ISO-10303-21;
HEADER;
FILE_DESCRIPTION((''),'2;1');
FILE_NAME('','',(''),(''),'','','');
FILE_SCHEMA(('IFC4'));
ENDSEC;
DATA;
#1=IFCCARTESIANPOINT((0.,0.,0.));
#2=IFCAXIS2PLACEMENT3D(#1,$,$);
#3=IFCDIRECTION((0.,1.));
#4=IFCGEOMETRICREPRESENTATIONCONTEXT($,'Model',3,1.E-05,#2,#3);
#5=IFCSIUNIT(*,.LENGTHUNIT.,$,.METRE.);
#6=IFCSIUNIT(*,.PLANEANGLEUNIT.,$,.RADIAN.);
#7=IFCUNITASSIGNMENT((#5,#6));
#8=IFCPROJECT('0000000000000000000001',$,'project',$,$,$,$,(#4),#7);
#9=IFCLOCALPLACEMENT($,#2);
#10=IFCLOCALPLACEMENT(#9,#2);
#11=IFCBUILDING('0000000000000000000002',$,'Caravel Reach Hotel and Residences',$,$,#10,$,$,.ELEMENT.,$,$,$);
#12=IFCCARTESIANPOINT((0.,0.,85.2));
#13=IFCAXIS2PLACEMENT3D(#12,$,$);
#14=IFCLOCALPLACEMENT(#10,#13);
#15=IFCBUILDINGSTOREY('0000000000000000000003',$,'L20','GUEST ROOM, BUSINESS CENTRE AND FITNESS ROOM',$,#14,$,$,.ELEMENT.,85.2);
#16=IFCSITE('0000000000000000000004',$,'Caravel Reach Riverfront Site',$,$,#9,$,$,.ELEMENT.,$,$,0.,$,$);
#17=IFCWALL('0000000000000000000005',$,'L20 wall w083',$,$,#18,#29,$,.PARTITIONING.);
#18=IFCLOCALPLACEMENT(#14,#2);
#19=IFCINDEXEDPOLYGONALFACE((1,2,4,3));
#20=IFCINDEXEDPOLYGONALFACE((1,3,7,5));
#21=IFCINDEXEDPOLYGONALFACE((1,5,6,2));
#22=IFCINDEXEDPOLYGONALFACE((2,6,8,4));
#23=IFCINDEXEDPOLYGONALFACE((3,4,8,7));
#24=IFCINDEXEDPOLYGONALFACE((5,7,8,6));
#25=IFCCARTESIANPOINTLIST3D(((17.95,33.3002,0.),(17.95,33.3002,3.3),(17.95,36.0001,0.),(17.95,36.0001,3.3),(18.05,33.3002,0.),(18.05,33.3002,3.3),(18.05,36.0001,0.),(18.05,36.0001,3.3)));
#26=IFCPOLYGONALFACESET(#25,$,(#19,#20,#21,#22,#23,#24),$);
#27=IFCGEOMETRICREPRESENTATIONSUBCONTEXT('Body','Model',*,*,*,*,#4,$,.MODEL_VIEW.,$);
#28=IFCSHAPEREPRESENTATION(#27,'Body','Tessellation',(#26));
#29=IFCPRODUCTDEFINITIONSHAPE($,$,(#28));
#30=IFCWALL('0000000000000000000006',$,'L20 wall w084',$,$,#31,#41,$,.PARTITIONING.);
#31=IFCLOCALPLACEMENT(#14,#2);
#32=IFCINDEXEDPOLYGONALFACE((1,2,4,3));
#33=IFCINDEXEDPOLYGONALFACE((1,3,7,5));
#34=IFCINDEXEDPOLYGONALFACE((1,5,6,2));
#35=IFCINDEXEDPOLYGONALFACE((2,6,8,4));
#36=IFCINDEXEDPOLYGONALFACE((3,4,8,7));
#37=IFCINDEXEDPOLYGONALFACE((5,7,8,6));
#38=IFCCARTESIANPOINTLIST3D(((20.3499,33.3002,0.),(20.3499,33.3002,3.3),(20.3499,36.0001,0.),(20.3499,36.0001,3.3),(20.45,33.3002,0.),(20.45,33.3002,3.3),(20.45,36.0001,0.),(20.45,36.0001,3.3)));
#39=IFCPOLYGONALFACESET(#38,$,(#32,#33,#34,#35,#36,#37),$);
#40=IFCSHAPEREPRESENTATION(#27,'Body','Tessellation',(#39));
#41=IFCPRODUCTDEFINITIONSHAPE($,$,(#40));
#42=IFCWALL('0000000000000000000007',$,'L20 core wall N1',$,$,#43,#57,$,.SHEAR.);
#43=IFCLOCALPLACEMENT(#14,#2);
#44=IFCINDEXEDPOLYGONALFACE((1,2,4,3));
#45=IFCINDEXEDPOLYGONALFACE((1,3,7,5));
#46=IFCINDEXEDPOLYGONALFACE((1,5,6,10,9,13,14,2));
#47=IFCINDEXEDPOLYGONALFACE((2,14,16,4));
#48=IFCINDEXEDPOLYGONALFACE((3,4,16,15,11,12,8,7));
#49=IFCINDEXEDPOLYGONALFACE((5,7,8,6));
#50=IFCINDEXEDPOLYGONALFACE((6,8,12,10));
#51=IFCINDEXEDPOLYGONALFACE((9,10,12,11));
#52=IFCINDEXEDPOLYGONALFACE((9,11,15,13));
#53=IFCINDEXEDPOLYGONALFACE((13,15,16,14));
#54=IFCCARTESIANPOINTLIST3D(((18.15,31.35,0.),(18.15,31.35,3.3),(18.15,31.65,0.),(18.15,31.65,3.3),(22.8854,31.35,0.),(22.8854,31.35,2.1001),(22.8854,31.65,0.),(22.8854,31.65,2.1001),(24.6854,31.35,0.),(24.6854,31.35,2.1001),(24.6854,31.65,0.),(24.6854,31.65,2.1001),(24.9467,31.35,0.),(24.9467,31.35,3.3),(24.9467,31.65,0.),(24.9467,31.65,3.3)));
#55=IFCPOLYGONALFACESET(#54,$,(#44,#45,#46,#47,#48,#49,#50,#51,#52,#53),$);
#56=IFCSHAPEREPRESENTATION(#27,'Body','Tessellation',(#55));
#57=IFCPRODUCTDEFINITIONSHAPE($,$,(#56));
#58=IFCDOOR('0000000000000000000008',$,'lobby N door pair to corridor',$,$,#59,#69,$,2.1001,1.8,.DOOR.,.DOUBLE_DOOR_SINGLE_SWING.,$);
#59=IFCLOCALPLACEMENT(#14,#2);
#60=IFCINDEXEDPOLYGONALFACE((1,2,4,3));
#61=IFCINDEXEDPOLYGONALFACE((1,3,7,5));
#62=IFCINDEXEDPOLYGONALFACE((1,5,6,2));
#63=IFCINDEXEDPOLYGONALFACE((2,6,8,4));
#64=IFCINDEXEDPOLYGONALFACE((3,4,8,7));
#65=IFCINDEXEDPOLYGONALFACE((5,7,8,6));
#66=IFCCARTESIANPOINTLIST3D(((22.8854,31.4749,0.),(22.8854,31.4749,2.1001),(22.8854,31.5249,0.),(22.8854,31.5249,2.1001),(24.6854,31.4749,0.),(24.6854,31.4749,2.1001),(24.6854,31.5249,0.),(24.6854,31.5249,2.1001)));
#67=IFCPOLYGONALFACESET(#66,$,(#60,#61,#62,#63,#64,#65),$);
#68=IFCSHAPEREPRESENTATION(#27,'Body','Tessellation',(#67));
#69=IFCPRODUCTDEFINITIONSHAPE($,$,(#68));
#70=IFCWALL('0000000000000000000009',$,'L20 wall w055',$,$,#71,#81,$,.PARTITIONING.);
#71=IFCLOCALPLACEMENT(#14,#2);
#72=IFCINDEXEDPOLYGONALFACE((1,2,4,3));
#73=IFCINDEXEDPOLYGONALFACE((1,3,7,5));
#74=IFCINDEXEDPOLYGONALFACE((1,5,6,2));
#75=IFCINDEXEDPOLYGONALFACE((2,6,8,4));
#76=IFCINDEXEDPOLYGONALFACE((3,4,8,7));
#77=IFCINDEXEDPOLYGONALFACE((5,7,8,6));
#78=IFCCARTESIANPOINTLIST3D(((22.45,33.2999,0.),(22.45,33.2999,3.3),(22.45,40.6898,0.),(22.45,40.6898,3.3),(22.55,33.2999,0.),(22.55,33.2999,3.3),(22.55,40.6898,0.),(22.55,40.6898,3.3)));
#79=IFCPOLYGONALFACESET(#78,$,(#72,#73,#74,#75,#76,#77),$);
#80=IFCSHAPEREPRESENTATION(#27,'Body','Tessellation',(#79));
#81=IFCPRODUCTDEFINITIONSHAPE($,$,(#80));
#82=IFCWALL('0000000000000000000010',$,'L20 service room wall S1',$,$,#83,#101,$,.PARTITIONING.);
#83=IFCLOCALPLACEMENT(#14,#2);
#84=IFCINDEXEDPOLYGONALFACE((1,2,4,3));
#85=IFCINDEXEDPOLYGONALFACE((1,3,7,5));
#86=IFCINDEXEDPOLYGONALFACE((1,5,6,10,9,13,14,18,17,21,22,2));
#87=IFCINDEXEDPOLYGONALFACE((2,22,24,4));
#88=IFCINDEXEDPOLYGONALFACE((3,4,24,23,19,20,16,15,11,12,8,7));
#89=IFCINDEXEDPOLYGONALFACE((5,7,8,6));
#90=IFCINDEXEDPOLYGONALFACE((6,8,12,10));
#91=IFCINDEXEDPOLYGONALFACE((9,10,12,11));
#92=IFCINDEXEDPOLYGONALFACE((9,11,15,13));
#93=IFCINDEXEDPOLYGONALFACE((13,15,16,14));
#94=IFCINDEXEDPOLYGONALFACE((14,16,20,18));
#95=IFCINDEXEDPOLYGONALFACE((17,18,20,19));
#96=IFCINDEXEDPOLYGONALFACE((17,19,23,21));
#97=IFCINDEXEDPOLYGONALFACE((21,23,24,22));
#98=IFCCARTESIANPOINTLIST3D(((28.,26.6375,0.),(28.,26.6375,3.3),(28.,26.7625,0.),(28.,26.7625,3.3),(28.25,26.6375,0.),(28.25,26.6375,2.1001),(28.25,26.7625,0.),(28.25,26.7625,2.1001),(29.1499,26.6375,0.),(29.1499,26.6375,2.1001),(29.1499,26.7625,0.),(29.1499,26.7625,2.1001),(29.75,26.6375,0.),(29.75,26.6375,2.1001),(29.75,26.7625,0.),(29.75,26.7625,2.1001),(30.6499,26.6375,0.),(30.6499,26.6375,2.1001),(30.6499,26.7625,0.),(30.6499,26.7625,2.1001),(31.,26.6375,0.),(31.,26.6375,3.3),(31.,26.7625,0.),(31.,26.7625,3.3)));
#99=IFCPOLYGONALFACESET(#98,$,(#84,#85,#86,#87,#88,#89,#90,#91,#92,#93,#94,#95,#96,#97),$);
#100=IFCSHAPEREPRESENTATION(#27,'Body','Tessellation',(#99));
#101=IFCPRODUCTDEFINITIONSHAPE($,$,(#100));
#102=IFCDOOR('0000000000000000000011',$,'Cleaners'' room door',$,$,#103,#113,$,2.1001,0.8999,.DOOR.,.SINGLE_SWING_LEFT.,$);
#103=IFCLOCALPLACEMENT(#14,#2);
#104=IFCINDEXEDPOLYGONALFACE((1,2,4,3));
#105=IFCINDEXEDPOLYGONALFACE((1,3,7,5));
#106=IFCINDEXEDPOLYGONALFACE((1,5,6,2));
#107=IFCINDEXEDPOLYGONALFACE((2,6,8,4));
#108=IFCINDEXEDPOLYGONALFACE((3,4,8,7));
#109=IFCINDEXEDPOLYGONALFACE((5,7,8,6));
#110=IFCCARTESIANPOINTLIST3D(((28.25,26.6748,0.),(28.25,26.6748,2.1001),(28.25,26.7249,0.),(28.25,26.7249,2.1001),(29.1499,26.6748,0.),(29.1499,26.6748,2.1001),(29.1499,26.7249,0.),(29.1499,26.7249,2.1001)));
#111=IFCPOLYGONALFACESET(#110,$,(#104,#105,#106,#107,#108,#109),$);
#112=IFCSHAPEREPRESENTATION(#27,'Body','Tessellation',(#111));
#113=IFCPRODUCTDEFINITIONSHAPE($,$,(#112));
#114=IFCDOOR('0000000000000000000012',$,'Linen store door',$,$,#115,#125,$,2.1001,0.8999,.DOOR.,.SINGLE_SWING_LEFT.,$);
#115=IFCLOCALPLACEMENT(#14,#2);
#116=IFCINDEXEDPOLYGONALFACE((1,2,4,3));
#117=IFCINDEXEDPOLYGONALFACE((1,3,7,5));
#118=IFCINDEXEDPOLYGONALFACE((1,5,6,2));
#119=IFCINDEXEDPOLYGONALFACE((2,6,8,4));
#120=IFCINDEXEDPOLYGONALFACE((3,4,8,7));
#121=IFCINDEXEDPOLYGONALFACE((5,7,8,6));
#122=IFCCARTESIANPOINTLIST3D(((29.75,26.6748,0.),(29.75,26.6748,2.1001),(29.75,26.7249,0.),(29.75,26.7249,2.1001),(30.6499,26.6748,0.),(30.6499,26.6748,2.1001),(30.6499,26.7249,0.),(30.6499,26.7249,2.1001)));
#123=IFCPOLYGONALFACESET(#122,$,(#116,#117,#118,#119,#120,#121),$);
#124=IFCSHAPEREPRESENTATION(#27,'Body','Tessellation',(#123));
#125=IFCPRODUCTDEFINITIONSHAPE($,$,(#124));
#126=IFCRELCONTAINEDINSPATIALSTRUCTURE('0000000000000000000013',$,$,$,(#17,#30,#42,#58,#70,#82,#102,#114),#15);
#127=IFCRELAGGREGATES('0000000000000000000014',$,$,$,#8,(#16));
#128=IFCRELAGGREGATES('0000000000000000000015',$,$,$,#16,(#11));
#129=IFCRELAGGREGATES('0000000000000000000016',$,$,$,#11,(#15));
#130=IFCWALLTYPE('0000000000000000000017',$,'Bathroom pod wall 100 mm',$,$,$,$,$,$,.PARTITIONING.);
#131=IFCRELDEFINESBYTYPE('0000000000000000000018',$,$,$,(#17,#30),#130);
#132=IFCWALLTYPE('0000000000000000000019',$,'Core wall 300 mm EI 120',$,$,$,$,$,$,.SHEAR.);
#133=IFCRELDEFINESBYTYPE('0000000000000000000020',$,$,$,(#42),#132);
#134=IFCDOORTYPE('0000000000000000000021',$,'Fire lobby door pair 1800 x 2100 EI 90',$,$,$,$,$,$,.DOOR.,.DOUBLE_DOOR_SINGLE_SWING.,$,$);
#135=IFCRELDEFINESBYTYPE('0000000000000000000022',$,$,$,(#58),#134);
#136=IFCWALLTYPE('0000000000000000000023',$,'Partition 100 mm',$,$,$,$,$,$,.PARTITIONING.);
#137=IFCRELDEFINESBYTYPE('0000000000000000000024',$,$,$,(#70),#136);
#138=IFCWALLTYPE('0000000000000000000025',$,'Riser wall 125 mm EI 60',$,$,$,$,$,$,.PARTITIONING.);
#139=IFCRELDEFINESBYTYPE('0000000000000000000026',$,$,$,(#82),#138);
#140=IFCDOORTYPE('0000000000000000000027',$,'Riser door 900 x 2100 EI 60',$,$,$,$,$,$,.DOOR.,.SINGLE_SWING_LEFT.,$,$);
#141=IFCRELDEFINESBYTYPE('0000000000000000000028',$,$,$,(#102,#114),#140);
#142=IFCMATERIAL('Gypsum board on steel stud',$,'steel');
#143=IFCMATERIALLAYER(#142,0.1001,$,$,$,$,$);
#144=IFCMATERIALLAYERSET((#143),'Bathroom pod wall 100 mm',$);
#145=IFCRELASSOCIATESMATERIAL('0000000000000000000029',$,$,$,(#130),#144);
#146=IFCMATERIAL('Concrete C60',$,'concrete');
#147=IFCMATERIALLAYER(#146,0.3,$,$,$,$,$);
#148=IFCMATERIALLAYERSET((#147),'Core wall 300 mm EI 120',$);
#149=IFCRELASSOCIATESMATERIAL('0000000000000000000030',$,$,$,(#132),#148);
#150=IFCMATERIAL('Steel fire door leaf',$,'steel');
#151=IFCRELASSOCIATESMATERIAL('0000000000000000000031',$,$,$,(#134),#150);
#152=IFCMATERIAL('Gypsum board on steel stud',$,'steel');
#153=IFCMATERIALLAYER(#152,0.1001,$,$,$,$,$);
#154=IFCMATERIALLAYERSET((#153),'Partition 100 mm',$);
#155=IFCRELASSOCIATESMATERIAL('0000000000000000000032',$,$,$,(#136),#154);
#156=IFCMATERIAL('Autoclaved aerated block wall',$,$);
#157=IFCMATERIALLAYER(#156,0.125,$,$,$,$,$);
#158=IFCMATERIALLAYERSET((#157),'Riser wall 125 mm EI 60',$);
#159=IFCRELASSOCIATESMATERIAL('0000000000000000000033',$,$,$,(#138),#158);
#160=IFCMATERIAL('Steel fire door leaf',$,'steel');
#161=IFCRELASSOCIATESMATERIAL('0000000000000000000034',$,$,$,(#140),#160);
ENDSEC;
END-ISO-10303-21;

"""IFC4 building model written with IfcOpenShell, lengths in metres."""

from ifc_helpers import new_model, si_unit, direction, frame, frame_2d, origin, place, context, subcontext, project, spatial, rectangle, extrude, material, layer, layer_set, type_object, element, fill, save


model = new_model("IFC4")

# Units and contexts
model_context = context("Model", 3, precision=1e-05, world=origin(), true_north=direction((0.0, 1.0)))
body_context = subcontext(model_context, "Body", "Model", "MODEL_VIEW")
ifc_project = project(units=[si_unit("LENGTHUNIT", "METRE"), si_unit("PLANEANGLEUNIT", "RADIAN")], contexts=[model_context])

# Site, building, storey
site_placement = place(None, origin())
site = spatial("IfcSite", under=ifc_project, at=site_placement, Name="Caravel Reach Riverfront Site", CompositionType="ELEMENT", RefElevation=0.0)
building_placement = place(site_placement, origin())
building = spatial("IfcBuilding", under=site, at=building_placement, Name="Caravel Reach Hotel and Residences", CompositionType="ELEMENT")
storey_placement = place(building_placement, frame((0.0, 0.0, 85.2)))
storey = spatial("IfcBuildingStorey", under=building, at=storey_placement, Name="L20", Description="GUEST ROOM, BUSINESS CENTRE AND FITNESS ROOM", CompositionType="ELEMENT", Elevation=85.2)

# Walls
ifc_material_1 = material(Name="Gypsum board on steel stud", Category="steel")
ifc_layer_1 = layer(ifc_material_1, 0.1001)
ifc_layer_set_1 = layer_set([ifc_layer_1], Name="Bathroom pod wall 100 mm")
wall_type_1 = type_object("IfcWallType", Name="Bathroom pod wall 100 mm", PredefinedType="PARTITIONING", material=ifc_layer_set_1)
for number, where, z_axis, x_axis, name in (
    (1, (18.0, 33.3, 0.0), (0.0, 0.0, 1.0), (0.0, 1.0, 0.0), "L20 wall w083"),
    (2, (20.3999, 33.3, 0.0), (0.0, 0.0, 1.0), (0.0, 1.0, 0.0), "L20 wall w084"),
):
    element("IfcWall", number, at=place(storey_placement, frame(where, z_axis=z_axis, x_axis=x_axis)), inside=storey, type_object=wall_type_1, Name=name, PredefinedType="PARTITIONING", context=body_context, shape_type="SweptSolid", body=[
        extrude(rectangle(XDim=2.7, YDim=0.1001, at=frame_2d((1.3501, 0.0))), origin(), (0.0, 0.0, 1.0), 3.3),
    ])

# Wall, opening, door
ifc_material_2 = material(Name="Concrete C60", Category="concrete")
ifc_layer_2 = layer(ifc_material_2, 0.3)
ifc_layer_set_2 = layer_set([ifc_layer_2], Name="Core wall 300 mm EI 120")
wall_type_2 = type_object("IfcWallType", Name="Core wall 300 mm EI 120", PredefinedType="SHEAR", material=ifc_layer_set_2)
wall_1_placement = place(storey_placement, frame((18.1499, 31.5, 0.0), z_axis=(0.0, 0.0, 1.0), x_axis=(1.0, 0.0, 0.0)))
wall_1 = element("IfcWall", 3, at=wall_1_placement, inside=storey, type_object=wall_type_2, Name="L20 core wall N1", PredefinedType="SHEAR", context=body_context, shape_type="SweptSolid", body=[
    extrude(rectangle(XDim=6.7966, YDim=0.3, at=frame_2d((3.3984, 0.0))), origin(), (0.0, 0.0, 1.0), 3.3),
])
opening_1_placement = place(wall_1_placement, frame((4.7356, 0.0, 0.0)))
opening_1 = element("IfcOpeningElement", 4, at=opening_1_placement, cuts=wall_1, PredefinedType="OPENING", context=body_context, shape_type="SweptSolid", body=[
    extrude(rectangle(XDim=1.8, YDim=2.1001, at=frame_2d((0.8999, 1.05))), frame((0.0, 0.1599, 0.0), z_axis=(0.0, -1.0, 0.0), x_axis=(1.0, 0.0, 0.0)), (0.0, 0.0, 1.0), 0.3201),
])
ifc_material_3 = material(Name="Steel fire door leaf", Category="steel")
door_type_1 = type_object("IfcDoorType", Name="Fire lobby door pair 1800 x 2100 EI 90", OperationType="DOUBLE_DOOR_SINGLE_SWING", PredefinedType="DOOR", material=ifc_material_3)
door_1_placement = place(opening_1_placement, origin())
door_1 = element("IfcDoor", 5, at=door_1_placement, inside=storey, type_object=door_type_1, Name="lobby N door pair to corridor", OperationType="DOUBLE_DOOR_SINGLE_SWING", OverallHeight=2.1001, OverallWidth=1.8, PredefinedType="DOOR", context=body_context, shape_type="SweptSolid", body=[
    extrude(rectangle(XDim=1.8, YDim=2.1001, at=frame_2d((0.8999, 1.05))), frame((0.0, 0.0249, 0.0), z_axis=(0.0, -1.0, 0.0), x_axis=(1.0, 0.0, 0.0)), (0.0, 0.0, 1.0), 0.05),
])
fill(opening_1, door_1)

# Wall
ifc_material_4 = material(Name="Gypsum board on steel stud", Category="steel")
ifc_layer_3 = layer(ifc_material_4, 0.1001)
ifc_layer_set_3 = layer_set([ifc_layer_3], Name="Partition 100 mm")
wall_type_3 = type_object("IfcWallType", Name="Partition 100 mm", PredefinedType="PARTITIONING", material=ifc_layer_set_3)
wall_2_placement = place(storey_placement, frame((22.5, 33.3, 0.0), z_axis=(0.0, 0.0, 1.0), x_axis=(0.0, 1.0, 0.0)))
element("IfcWall", 6, at=wall_2_placement, inside=storey, type_object=wall_type_3, Name="L20 wall w055", PredefinedType="PARTITIONING", context=body_context, shape_type="SweptSolid", body=[
    extrude(rectangle(XDim=7.3899, YDim=0.1001, at=frame_2d((3.6948, 0.0))), origin(), (0.0, 0.0, 1.0), 3.3),
])

# Wall, openings, doors
ifc_material_5 = material(Name="Autoclaved aerated block wall")
ifc_layer_4 = layer(ifc_material_5, 0.125)
ifc_layer_set_4 = layer_set([ifc_layer_4], Name="Riser wall 125 mm EI 60")
wall_type_4 = type_object("IfcWallType", Name="Riser wall 125 mm EI 60", PredefinedType="PARTITIONING", material=ifc_layer_set_4)
wall_3_placement = place(storey_placement, frame((28.0, 26.7, 0.0), z_axis=(0.0, 0.0, 1.0), x_axis=(1.0, 0.0, 0.0)))
wall_3 = element("IfcWall", 7, at=wall_3_placement, inside=storey, type_object=wall_type_4, Name="L20 service room wall S1", PredefinedType="PARTITIONING", context=body_context, shape_type="SweptSolid", body=[
    extrude(rectangle(XDim=3.0, YDim=0.125, at=frame_2d((1.5, 0.0))), origin(), (0.0, 0.0, 1.0), 3.3),
])
opening_2_placement = place(wall_3_placement, frame((0.25, 0.0, 0.0)))
opening_2 = element("IfcOpeningElement", 8, at=opening_2_placement, cuts=wall_3, PredefinedType="OPENING", context=body_context, shape_type="SweptSolid", body=[
    extrude(rectangle(XDim=0.8999, YDim=2.1001, at=frame_2d((0.45, 1.05))), frame((0.0, 0.0725, 0.0), z_axis=(0.0, -1.0, 0.0), x_axis=(1.0, 0.0, 0.0)), (0.0, 0.0, 1.0), 0.145),
])
opening_3_placement = place(wall_3_placement, frame((1.75, 0.0, 0.0)))
opening_3 = element("IfcOpeningElement", 9, at=opening_3_placement, cuts=wall_3, PredefinedType="OPENING", context=body_context, shape_type="SweptSolid", body=[
    extrude(rectangle(XDim=0.8999, YDim=2.1001, at=frame_2d((0.45, 1.05))), frame((0.0, 0.0725, 0.0), z_axis=(0.0, -1.0, 0.0), x_axis=(1.0, 0.0, 0.0)), (0.0, 0.0, 1.0), 0.145),
])
ifc_material_6 = material(Name="Steel fire door leaf", Category="steel")
door_type_2 = type_object("IfcDoorType", Name="Riser door 900 x 2100 EI 60", OperationType="SINGLE_SWING_LEFT", PredefinedType="DOOR", material=ifc_material_6)
door_2_placement = place(opening_2_placement, origin())
door_2 = element("IfcDoor", 10, at=door_2_placement, inside=storey, type_object=door_type_2, Name="Cleaners' room door", OperationType="SINGLE_SWING_LEFT", OverallHeight=2.1001, OverallWidth=0.8999, PredefinedType="DOOR", context=body_context, shape_type="SweptSolid", body=[
    extrude(rectangle(XDim=0.8999, YDim=2.1001, at=frame_2d((0.45, 1.05))), frame((0.0, 0.0249, 0.0), z_axis=(0.0, -1.0, 0.0), x_axis=(1.0, 0.0, 0.0)), (0.0, 0.0, 1.0), 0.05),
])
fill(opening_2, door_2)
door_3_placement = place(opening_3_placement, origin())
door_3 = element("IfcDoor", 11, at=door_3_placement, inside=storey, type_object=door_type_2, Name="Linen store door", OperationType="SINGLE_SWING_LEFT", OverallHeight=2.1001, OverallWidth=0.8999, PredefinedType="DOOR", context=body_context, shape_type="SweptSolid", body=[
    extrude(rectangle(XDim=0.8999, YDim=2.1001, at=frame_2d((0.45, 1.05))), frame((0.0, 0.0249, 0.0), z_axis=(0.0, -1.0, 0.0), x_axis=(1.0, 0.0, 0.0)), (0.0, 0.0, 1.0), 0.05),
])
fill(opening_3, door_3)

save(model, "model.ifc")
